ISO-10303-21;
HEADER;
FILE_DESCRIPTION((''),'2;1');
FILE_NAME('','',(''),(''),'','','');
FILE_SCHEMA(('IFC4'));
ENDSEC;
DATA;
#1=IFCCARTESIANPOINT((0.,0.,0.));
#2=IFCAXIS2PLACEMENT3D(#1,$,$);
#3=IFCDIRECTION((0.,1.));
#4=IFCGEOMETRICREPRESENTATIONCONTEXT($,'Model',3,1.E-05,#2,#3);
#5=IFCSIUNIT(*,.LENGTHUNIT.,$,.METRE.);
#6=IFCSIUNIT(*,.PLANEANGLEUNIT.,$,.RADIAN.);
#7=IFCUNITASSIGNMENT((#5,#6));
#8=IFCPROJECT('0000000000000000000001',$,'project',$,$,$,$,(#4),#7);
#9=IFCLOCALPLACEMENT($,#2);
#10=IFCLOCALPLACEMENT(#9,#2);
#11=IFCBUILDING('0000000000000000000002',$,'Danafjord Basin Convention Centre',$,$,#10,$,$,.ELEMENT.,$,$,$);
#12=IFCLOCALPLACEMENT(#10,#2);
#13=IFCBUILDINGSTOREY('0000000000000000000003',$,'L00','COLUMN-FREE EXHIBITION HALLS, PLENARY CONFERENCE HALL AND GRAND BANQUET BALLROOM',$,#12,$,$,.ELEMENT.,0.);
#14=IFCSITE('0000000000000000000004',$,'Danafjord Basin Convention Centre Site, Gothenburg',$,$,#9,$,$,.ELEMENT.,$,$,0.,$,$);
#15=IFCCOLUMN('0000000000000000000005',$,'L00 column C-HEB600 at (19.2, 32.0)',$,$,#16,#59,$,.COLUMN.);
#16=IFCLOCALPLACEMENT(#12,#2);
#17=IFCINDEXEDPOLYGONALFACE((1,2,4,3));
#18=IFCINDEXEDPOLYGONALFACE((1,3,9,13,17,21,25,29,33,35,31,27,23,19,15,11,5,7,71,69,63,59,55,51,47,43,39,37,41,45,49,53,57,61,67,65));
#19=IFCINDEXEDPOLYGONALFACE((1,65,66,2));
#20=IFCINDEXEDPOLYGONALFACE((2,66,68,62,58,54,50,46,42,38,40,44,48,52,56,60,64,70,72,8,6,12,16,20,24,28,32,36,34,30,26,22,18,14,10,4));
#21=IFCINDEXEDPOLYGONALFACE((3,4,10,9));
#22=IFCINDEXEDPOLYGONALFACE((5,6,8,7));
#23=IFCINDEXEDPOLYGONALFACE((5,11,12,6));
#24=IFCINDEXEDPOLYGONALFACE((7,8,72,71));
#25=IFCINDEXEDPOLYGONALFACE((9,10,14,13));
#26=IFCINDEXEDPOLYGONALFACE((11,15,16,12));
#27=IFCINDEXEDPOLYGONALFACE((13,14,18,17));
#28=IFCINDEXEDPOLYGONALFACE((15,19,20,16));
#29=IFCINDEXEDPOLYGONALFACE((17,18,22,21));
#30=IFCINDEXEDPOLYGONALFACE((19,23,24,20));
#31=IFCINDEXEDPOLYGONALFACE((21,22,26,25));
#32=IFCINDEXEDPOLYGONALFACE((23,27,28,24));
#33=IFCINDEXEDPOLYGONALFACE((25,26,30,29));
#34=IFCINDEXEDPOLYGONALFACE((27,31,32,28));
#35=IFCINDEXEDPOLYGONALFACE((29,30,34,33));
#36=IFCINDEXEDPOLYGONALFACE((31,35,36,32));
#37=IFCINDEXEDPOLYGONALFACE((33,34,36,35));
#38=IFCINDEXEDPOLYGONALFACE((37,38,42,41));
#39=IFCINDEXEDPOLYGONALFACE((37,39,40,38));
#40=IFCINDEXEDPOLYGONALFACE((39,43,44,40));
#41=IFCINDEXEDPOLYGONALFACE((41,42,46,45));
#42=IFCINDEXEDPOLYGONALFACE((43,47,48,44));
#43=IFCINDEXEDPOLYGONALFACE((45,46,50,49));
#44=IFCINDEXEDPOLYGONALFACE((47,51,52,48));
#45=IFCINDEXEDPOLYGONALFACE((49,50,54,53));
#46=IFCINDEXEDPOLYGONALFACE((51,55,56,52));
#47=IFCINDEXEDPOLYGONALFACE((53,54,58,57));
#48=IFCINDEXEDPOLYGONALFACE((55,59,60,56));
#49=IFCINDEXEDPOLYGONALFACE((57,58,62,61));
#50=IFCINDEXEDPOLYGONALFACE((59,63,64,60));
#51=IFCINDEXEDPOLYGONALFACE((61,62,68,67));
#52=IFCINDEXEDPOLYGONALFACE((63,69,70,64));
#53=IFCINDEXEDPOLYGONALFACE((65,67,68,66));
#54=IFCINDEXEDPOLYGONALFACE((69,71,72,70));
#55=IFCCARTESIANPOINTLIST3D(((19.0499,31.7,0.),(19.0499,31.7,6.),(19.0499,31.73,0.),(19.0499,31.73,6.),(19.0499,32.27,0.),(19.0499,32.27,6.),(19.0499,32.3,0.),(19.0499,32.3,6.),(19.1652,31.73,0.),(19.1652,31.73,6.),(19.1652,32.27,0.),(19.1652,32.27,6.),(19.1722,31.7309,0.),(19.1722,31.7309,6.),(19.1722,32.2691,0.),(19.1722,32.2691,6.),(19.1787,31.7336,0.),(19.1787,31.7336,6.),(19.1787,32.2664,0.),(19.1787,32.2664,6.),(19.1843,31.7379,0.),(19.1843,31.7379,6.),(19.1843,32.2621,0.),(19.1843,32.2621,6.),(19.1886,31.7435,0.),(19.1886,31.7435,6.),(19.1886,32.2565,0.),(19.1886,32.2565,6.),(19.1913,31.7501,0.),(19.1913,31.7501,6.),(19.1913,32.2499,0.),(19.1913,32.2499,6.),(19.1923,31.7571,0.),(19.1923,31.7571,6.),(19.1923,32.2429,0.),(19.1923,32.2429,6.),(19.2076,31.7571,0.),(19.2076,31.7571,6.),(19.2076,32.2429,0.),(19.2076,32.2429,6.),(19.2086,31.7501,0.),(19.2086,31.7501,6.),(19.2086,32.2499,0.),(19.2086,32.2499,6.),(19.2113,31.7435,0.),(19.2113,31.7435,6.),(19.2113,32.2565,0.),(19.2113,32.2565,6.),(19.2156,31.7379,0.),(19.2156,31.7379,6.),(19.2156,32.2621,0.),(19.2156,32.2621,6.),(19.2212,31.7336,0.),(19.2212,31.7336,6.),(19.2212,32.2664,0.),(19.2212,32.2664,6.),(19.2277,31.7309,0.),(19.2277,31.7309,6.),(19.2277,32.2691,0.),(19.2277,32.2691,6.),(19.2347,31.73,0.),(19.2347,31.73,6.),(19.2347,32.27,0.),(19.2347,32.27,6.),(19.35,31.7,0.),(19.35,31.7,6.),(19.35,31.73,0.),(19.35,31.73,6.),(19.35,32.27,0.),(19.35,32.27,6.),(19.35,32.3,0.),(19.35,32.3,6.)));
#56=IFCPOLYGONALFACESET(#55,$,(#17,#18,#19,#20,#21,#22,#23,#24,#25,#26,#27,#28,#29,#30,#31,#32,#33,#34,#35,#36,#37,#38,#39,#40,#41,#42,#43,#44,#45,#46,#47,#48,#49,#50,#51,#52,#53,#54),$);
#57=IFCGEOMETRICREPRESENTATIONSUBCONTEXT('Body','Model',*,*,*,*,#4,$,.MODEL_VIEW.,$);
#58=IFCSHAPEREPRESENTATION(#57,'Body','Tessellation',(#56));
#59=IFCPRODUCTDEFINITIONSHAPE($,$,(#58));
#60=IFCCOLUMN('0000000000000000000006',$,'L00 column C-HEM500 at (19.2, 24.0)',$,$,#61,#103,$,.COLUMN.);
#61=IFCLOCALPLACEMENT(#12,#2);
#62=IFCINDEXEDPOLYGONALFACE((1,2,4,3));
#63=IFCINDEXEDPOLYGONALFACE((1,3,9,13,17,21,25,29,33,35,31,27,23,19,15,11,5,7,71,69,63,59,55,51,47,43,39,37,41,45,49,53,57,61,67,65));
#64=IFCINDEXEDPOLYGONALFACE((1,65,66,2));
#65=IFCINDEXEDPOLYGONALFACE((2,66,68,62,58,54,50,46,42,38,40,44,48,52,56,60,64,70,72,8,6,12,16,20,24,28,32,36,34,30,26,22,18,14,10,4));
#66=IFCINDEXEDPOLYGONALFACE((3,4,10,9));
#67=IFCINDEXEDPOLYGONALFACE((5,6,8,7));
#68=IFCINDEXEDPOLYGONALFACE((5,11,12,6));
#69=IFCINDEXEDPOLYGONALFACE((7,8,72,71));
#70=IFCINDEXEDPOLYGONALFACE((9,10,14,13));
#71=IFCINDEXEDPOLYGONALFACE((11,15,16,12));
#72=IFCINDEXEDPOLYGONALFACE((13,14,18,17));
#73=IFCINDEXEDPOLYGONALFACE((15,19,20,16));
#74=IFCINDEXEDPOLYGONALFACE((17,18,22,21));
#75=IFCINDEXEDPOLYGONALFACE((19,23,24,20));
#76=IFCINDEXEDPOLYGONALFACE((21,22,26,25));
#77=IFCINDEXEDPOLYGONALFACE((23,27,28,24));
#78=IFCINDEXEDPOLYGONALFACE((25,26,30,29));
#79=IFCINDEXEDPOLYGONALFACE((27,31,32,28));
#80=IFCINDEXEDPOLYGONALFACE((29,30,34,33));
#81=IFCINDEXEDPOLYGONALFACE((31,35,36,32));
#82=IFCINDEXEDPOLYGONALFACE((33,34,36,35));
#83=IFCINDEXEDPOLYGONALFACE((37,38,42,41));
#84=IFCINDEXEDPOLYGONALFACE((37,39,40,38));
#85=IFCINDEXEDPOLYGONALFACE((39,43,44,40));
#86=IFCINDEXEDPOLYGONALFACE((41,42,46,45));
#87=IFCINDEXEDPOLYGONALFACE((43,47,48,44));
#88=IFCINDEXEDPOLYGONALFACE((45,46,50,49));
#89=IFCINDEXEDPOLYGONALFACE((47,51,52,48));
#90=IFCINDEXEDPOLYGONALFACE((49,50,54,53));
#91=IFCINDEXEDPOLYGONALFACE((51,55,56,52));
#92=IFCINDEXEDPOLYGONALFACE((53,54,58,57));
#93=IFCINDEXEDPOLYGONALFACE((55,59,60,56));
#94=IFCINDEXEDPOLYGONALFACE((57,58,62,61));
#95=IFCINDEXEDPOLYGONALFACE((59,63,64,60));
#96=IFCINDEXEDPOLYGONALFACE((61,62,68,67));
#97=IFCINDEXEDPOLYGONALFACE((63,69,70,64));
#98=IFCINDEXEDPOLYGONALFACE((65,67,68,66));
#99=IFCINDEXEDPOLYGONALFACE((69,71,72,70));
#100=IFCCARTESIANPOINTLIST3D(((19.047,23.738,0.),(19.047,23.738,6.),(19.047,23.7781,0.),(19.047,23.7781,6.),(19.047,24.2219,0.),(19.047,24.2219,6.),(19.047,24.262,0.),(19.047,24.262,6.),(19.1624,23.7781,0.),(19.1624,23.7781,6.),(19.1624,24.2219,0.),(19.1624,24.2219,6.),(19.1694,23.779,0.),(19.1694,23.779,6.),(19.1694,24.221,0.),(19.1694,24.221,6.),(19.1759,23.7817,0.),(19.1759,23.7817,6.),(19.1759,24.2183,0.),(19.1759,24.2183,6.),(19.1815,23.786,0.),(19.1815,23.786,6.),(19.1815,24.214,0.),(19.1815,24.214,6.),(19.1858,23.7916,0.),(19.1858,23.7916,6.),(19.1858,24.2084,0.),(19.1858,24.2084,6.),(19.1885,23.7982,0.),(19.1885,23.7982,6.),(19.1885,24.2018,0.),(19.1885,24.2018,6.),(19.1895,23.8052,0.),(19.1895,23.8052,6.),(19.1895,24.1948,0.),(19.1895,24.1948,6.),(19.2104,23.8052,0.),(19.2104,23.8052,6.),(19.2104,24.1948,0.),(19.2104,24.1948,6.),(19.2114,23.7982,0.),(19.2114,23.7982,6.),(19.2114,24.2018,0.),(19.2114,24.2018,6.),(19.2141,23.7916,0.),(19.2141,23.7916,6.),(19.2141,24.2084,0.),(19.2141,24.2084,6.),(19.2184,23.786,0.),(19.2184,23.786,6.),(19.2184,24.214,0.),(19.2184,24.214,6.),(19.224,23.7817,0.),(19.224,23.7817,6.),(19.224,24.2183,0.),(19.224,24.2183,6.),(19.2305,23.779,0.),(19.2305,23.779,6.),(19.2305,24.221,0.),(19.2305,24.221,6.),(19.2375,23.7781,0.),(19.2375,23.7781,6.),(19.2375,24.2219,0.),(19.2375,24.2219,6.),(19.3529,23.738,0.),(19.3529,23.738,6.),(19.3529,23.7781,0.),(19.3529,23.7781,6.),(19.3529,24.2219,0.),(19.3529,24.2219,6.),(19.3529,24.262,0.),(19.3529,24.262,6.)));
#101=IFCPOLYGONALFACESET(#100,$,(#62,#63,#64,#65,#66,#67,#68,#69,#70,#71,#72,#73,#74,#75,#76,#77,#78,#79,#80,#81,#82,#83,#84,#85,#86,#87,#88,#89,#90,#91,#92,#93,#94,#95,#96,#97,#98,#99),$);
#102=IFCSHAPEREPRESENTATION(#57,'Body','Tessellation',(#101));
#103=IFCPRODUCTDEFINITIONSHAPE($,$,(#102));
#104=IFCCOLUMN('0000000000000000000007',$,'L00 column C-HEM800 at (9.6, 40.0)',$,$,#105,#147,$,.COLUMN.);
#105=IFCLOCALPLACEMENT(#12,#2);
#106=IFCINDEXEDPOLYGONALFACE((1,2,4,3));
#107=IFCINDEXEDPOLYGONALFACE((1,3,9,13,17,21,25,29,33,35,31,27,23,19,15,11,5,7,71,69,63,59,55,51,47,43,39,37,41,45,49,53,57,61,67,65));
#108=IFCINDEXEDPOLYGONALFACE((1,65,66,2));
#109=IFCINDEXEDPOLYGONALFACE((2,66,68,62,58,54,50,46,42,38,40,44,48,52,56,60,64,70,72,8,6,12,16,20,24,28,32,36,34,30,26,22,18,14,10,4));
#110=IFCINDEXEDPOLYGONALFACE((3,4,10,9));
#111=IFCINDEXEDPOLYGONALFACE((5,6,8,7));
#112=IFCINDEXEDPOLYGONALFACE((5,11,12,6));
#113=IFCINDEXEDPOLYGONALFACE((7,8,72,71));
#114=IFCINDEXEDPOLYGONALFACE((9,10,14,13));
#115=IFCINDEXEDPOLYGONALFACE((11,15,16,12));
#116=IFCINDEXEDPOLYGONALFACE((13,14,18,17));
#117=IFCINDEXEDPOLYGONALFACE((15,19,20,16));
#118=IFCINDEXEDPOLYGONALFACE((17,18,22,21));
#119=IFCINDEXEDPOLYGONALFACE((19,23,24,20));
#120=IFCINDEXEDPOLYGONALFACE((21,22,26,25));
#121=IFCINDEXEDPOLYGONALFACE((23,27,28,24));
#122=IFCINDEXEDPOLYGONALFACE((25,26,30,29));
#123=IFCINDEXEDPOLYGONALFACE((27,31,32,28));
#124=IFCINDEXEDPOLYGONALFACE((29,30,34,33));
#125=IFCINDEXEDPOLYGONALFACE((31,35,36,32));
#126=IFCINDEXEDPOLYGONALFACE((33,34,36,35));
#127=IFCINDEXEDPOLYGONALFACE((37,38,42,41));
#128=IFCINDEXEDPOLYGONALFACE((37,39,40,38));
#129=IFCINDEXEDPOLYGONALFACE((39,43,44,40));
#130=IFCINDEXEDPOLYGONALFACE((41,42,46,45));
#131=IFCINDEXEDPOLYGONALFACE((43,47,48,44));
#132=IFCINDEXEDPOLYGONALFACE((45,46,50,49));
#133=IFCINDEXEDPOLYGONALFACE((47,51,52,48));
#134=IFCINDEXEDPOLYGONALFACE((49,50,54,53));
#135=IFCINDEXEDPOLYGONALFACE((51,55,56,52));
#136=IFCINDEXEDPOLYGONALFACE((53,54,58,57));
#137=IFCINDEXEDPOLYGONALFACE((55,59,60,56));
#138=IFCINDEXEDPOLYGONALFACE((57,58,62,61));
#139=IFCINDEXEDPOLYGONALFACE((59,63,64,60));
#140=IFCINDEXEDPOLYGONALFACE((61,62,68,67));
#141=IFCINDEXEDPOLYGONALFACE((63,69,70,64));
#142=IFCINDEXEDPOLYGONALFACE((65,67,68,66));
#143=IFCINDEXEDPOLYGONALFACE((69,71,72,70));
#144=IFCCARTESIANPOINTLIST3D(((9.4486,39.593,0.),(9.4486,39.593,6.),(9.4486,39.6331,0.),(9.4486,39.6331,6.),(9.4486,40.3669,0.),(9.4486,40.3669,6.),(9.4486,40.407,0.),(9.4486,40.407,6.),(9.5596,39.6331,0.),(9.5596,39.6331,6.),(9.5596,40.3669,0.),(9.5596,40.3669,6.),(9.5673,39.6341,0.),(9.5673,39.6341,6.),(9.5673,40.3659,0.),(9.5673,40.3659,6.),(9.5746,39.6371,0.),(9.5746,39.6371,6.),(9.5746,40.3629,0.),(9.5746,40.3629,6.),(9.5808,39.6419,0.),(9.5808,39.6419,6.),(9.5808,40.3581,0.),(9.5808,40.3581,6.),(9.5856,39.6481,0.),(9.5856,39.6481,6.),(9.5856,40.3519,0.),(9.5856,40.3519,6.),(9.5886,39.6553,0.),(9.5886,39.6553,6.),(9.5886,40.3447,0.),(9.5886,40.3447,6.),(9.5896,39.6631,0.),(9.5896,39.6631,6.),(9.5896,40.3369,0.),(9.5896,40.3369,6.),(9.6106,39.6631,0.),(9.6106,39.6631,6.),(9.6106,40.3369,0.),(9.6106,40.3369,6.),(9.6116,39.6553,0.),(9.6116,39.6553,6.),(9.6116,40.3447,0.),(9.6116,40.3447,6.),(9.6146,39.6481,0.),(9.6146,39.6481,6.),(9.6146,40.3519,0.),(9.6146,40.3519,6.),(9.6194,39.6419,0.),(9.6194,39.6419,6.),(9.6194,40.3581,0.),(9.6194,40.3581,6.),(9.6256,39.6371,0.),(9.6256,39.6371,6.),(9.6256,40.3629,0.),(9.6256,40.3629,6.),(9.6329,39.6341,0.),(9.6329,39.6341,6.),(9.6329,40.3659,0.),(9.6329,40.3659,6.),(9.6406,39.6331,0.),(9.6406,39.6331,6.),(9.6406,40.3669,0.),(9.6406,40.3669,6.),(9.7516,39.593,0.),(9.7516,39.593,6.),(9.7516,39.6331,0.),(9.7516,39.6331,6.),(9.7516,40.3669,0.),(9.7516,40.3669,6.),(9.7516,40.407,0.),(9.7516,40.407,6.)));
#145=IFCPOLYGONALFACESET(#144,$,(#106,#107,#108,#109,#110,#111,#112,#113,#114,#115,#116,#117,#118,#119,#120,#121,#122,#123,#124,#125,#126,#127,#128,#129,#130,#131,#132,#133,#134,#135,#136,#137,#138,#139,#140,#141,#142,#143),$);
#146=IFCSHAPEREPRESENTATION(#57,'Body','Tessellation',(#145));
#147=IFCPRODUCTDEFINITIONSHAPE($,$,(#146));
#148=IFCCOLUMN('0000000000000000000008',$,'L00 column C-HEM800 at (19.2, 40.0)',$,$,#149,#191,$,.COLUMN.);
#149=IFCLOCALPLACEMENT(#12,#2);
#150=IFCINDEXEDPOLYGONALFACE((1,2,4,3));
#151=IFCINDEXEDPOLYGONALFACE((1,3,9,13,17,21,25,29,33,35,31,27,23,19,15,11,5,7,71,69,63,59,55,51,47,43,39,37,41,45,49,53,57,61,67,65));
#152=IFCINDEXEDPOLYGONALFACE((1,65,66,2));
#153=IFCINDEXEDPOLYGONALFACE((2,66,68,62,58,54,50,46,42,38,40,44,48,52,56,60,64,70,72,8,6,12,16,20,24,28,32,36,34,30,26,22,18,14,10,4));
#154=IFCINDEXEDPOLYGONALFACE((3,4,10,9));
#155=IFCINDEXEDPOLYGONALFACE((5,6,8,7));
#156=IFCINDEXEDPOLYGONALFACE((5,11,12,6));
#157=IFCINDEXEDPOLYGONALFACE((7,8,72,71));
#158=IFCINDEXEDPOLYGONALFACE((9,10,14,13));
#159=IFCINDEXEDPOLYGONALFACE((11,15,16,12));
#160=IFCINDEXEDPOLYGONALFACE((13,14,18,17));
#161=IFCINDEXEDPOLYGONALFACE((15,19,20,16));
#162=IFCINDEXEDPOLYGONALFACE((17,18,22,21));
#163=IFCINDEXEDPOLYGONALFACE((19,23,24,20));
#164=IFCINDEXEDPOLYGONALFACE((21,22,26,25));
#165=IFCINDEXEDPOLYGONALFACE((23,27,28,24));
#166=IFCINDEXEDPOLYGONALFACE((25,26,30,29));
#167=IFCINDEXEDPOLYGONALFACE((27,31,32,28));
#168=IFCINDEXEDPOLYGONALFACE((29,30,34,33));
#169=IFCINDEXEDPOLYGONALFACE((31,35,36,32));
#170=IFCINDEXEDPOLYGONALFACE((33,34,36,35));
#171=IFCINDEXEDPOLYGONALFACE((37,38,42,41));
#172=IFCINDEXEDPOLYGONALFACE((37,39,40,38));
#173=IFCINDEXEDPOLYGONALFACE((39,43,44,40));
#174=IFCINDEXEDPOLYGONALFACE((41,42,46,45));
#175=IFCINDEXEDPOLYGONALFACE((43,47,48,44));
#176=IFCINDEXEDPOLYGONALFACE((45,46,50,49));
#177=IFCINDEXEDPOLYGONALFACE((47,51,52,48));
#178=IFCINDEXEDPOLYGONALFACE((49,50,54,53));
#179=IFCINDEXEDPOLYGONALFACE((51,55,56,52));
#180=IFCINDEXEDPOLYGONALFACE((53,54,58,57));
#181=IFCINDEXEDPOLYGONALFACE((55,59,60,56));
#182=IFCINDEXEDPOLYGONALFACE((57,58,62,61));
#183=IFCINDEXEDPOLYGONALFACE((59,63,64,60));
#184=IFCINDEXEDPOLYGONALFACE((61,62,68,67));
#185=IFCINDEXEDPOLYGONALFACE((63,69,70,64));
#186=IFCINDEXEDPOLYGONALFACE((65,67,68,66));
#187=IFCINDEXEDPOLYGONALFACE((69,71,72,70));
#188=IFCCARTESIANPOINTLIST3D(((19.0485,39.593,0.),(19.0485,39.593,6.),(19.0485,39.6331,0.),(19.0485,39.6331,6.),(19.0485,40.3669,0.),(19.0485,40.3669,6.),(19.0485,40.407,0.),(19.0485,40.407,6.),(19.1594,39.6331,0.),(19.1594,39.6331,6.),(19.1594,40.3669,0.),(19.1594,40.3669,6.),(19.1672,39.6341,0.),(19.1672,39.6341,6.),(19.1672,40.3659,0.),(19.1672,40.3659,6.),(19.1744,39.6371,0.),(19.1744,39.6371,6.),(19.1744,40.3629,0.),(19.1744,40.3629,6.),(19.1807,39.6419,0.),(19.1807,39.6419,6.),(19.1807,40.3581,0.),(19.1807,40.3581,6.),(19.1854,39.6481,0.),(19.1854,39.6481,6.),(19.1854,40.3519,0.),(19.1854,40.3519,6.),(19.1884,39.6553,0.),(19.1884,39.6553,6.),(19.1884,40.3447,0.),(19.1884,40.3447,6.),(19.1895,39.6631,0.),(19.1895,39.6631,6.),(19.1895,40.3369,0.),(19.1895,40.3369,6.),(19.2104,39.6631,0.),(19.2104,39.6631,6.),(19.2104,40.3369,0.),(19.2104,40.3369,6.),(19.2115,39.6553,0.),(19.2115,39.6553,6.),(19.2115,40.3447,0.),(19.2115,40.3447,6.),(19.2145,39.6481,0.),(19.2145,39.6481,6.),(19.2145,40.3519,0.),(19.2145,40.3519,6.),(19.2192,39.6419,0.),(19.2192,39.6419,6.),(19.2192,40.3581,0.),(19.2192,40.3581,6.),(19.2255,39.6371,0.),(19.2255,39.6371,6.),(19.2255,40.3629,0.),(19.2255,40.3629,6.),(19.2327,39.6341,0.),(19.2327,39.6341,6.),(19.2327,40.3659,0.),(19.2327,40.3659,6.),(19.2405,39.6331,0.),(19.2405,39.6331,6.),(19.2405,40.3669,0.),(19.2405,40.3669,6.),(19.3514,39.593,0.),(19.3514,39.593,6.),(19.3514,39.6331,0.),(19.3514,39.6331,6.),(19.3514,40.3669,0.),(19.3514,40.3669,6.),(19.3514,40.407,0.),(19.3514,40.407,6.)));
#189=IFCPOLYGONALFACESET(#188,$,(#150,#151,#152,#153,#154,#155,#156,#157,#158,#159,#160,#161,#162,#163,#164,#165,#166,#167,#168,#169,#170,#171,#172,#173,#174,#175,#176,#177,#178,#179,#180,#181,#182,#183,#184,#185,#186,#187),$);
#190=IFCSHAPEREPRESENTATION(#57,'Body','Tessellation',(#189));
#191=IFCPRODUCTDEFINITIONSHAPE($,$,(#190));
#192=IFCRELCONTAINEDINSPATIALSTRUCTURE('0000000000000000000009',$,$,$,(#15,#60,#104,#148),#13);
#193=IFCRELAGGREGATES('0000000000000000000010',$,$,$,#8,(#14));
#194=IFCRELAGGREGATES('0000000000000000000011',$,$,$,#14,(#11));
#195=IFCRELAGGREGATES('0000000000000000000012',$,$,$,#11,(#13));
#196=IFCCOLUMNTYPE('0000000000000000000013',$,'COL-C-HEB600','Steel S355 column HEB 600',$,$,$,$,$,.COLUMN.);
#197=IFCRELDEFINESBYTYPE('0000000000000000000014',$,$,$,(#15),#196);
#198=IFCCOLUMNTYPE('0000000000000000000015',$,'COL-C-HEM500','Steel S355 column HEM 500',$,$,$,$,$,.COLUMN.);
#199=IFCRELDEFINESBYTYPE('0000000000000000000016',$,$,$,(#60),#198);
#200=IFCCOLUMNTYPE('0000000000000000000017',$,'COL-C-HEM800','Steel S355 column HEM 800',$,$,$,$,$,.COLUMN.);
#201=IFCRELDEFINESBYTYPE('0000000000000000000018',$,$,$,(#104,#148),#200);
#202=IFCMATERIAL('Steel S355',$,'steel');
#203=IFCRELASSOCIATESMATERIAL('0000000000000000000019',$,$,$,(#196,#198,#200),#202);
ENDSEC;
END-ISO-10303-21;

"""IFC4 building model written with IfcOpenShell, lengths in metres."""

from ifc_helpers import new_model, si_unit, direction, frame, origin, origin_2d, place, context, subcontext, project, spatial, i_section, extrude, material, material_profile, profile_set, type_object, element, save


model = new_model("IFC4")

# Units and contexts
model_context = context("Model", 3, precision=1e-05, world=origin(), true_north=direction((0.0, 1.0)))
body_context = subcontext(model_context, "Body", "Model", "MODEL_VIEW")
ifc_project = project(units=[si_unit("LENGTHUNIT", "METRE"), si_unit("PLANEANGLEUNIT", "RADIAN")], contexts=[model_context])

# Site, building, storey
site_placement = place(None, origin())
site = spatial("IfcSite", under=ifc_project, at=site_placement, Name="Danafjord Basin Convention Centre Site, Gothenburg", CompositionType="ELEMENT", RefElevation=0.0)
building_placement = place(site_placement, origin())
building = spatial("IfcBuilding", under=site, at=building_placement, Name="Danafjord Basin Convention Centre", CompositionType="ELEMENT")
storey_placement = place(building_placement, origin())
storey = spatial("IfcBuildingStorey", under=building, at=storey_placement, Name="L00", Description="COLUMN-FREE EXHIBITION HALLS, PLENARY CONFERENCE HALL AND GRAND BANQUET BALLROOM", CompositionType="ELEMENT", Elevation=0.0)

# Columns
ifc_material_1 = material(Name="Steel S355", Category="steel")
ifc_material_profile_1 = material_profile(ifc_material_1, i_section(OverallWidth=0.3, OverallDepth=0.6001, WebThickness=0.0154, FlangeThickness=0.03, FilletRadius=0.0271, at=origin_2d()), Name="HEB 600")
ifc_profile_set_1 = profile_set([ifc_material_profile_1], Name="Steel S355")
column_type_1 = type_object("IfcColumnType", Name="COL-C-HEB600", Description="Steel S355 column HEB 600", PredefinedType="COLUMN", material=ifc_profile_set_1)
column_1_placement = place(storey_placement, frame((19.2, 32.0, 0.0), z_axis=(0.0, 0.0, 1.0), x_axis=(1.0, 0.0, 0.0)))
element("IfcColumn", 1, at=column_1_placement, inside=storey, type_object=column_type_1, Name="L00 column C-HEB600 at (19.2, 32.0)", PredefinedType="COLUMN", context=body_context, shape_type="SweptSolid", body=[
    extrude(i_section(OverallWidth=0.3, OverallDepth=0.6001, WebThickness=0.0154, FlangeThickness=0.03, FilletRadius=0.0271, at=origin_2d()), origin(), (0.0, 0.0, 1.0), 6.0),
])
ifc_material_profile_2 = material_profile(ifc_material_1, i_section(OverallWidth=0.3059, OverallDepth=0.5239, WebThickness=0.021, FlangeThickness=0.04, FilletRadius=0.0271, at=origin_2d()), Name="HEM 500")
ifc_profile_set_2 = profile_set([ifc_material_profile_2], Name="Steel S355")
column_type_2 = type_object("IfcColumnType", Name="COL-C-HEM500", Description="Steel S355 column HEM 500", PredefinedType="COLUMN", material=ifc_profile_set_2)
column_2_placement = place(storey_placement, frame((19.2, 24.0, 0.0), z_axis=(0.0, 0.0, 1.0), x_axis=(1.0, 0.0, 0.0)))
element("IfcColumn", 2, at=column_2_placement, inside=storey, type_object=column_type_2, Name="L00 column C-HEM500 at (19.2, 24.0)", PredefinedType="COLUMN", context=body_context, shape_type="SweptSolid", body=[
    extrude(i_section(OverallWidth=0.3059, OverallDepth=0.5239, WebThickness=0.021, FlangeThickness=0.04, FilletRadius=0.0271, at=origin_2d()), origin(), (0.0, 0.0, 1.0), 6.0),
])
ifc_material_profile_3 = material_profile(ifc_material_1, i_section(OverallWidth=0.303, OverallDepth=0.814, WebThickness=0.021, FlangeThickness=0.04, FilletRadius=0.03, at=origin_2d()), Name="HEM 800")
ifc_profile_set_3 = profile_set([ifc_material_profile_3], Name="Steel S355")
column_type_3 = type_object("IfcColumnType", Name="COL-C-HEM800", Description="Steel S355 column HEM 800", PredefinedType="COLUMN", material=ifc_profile_set_3)
for number, where, z_axis, x_axis, name in (
    (3, (9.6001, 40.0, 0.0), (0.0, 0.0, 1.0), (1.0, 0.0, 0.0), "L00 column C-HEM800 at (9.6, 40.0)"),
    (4, (19.2, 40.0, 0.0), (0.0, 0.0, 1.0), (1.0, 0.0, 0.0), "L00 column C-HEM800 at (19.2, 40.0)"),
):
    element("IfcColumn", number, at=place(storey_placement, frame(where, z_axis=z_axis, x_axis=x_axis)), inside=storey, type_object=column_type_3, Name=name, PredefinedType="COLUMN", context=body_context, shape_type="SweptSolid", body=[
        extrude(i_section(OverallWidth=0.303, OverallDepth=0.814, WebThickness=0.021, FlangeThickness=0.04, FilletRadius=0.03, at=origin_2d()), origin(), (0.0, 0.0, 1.0), 6.0),
    ])

save(model, "model.ifc")
